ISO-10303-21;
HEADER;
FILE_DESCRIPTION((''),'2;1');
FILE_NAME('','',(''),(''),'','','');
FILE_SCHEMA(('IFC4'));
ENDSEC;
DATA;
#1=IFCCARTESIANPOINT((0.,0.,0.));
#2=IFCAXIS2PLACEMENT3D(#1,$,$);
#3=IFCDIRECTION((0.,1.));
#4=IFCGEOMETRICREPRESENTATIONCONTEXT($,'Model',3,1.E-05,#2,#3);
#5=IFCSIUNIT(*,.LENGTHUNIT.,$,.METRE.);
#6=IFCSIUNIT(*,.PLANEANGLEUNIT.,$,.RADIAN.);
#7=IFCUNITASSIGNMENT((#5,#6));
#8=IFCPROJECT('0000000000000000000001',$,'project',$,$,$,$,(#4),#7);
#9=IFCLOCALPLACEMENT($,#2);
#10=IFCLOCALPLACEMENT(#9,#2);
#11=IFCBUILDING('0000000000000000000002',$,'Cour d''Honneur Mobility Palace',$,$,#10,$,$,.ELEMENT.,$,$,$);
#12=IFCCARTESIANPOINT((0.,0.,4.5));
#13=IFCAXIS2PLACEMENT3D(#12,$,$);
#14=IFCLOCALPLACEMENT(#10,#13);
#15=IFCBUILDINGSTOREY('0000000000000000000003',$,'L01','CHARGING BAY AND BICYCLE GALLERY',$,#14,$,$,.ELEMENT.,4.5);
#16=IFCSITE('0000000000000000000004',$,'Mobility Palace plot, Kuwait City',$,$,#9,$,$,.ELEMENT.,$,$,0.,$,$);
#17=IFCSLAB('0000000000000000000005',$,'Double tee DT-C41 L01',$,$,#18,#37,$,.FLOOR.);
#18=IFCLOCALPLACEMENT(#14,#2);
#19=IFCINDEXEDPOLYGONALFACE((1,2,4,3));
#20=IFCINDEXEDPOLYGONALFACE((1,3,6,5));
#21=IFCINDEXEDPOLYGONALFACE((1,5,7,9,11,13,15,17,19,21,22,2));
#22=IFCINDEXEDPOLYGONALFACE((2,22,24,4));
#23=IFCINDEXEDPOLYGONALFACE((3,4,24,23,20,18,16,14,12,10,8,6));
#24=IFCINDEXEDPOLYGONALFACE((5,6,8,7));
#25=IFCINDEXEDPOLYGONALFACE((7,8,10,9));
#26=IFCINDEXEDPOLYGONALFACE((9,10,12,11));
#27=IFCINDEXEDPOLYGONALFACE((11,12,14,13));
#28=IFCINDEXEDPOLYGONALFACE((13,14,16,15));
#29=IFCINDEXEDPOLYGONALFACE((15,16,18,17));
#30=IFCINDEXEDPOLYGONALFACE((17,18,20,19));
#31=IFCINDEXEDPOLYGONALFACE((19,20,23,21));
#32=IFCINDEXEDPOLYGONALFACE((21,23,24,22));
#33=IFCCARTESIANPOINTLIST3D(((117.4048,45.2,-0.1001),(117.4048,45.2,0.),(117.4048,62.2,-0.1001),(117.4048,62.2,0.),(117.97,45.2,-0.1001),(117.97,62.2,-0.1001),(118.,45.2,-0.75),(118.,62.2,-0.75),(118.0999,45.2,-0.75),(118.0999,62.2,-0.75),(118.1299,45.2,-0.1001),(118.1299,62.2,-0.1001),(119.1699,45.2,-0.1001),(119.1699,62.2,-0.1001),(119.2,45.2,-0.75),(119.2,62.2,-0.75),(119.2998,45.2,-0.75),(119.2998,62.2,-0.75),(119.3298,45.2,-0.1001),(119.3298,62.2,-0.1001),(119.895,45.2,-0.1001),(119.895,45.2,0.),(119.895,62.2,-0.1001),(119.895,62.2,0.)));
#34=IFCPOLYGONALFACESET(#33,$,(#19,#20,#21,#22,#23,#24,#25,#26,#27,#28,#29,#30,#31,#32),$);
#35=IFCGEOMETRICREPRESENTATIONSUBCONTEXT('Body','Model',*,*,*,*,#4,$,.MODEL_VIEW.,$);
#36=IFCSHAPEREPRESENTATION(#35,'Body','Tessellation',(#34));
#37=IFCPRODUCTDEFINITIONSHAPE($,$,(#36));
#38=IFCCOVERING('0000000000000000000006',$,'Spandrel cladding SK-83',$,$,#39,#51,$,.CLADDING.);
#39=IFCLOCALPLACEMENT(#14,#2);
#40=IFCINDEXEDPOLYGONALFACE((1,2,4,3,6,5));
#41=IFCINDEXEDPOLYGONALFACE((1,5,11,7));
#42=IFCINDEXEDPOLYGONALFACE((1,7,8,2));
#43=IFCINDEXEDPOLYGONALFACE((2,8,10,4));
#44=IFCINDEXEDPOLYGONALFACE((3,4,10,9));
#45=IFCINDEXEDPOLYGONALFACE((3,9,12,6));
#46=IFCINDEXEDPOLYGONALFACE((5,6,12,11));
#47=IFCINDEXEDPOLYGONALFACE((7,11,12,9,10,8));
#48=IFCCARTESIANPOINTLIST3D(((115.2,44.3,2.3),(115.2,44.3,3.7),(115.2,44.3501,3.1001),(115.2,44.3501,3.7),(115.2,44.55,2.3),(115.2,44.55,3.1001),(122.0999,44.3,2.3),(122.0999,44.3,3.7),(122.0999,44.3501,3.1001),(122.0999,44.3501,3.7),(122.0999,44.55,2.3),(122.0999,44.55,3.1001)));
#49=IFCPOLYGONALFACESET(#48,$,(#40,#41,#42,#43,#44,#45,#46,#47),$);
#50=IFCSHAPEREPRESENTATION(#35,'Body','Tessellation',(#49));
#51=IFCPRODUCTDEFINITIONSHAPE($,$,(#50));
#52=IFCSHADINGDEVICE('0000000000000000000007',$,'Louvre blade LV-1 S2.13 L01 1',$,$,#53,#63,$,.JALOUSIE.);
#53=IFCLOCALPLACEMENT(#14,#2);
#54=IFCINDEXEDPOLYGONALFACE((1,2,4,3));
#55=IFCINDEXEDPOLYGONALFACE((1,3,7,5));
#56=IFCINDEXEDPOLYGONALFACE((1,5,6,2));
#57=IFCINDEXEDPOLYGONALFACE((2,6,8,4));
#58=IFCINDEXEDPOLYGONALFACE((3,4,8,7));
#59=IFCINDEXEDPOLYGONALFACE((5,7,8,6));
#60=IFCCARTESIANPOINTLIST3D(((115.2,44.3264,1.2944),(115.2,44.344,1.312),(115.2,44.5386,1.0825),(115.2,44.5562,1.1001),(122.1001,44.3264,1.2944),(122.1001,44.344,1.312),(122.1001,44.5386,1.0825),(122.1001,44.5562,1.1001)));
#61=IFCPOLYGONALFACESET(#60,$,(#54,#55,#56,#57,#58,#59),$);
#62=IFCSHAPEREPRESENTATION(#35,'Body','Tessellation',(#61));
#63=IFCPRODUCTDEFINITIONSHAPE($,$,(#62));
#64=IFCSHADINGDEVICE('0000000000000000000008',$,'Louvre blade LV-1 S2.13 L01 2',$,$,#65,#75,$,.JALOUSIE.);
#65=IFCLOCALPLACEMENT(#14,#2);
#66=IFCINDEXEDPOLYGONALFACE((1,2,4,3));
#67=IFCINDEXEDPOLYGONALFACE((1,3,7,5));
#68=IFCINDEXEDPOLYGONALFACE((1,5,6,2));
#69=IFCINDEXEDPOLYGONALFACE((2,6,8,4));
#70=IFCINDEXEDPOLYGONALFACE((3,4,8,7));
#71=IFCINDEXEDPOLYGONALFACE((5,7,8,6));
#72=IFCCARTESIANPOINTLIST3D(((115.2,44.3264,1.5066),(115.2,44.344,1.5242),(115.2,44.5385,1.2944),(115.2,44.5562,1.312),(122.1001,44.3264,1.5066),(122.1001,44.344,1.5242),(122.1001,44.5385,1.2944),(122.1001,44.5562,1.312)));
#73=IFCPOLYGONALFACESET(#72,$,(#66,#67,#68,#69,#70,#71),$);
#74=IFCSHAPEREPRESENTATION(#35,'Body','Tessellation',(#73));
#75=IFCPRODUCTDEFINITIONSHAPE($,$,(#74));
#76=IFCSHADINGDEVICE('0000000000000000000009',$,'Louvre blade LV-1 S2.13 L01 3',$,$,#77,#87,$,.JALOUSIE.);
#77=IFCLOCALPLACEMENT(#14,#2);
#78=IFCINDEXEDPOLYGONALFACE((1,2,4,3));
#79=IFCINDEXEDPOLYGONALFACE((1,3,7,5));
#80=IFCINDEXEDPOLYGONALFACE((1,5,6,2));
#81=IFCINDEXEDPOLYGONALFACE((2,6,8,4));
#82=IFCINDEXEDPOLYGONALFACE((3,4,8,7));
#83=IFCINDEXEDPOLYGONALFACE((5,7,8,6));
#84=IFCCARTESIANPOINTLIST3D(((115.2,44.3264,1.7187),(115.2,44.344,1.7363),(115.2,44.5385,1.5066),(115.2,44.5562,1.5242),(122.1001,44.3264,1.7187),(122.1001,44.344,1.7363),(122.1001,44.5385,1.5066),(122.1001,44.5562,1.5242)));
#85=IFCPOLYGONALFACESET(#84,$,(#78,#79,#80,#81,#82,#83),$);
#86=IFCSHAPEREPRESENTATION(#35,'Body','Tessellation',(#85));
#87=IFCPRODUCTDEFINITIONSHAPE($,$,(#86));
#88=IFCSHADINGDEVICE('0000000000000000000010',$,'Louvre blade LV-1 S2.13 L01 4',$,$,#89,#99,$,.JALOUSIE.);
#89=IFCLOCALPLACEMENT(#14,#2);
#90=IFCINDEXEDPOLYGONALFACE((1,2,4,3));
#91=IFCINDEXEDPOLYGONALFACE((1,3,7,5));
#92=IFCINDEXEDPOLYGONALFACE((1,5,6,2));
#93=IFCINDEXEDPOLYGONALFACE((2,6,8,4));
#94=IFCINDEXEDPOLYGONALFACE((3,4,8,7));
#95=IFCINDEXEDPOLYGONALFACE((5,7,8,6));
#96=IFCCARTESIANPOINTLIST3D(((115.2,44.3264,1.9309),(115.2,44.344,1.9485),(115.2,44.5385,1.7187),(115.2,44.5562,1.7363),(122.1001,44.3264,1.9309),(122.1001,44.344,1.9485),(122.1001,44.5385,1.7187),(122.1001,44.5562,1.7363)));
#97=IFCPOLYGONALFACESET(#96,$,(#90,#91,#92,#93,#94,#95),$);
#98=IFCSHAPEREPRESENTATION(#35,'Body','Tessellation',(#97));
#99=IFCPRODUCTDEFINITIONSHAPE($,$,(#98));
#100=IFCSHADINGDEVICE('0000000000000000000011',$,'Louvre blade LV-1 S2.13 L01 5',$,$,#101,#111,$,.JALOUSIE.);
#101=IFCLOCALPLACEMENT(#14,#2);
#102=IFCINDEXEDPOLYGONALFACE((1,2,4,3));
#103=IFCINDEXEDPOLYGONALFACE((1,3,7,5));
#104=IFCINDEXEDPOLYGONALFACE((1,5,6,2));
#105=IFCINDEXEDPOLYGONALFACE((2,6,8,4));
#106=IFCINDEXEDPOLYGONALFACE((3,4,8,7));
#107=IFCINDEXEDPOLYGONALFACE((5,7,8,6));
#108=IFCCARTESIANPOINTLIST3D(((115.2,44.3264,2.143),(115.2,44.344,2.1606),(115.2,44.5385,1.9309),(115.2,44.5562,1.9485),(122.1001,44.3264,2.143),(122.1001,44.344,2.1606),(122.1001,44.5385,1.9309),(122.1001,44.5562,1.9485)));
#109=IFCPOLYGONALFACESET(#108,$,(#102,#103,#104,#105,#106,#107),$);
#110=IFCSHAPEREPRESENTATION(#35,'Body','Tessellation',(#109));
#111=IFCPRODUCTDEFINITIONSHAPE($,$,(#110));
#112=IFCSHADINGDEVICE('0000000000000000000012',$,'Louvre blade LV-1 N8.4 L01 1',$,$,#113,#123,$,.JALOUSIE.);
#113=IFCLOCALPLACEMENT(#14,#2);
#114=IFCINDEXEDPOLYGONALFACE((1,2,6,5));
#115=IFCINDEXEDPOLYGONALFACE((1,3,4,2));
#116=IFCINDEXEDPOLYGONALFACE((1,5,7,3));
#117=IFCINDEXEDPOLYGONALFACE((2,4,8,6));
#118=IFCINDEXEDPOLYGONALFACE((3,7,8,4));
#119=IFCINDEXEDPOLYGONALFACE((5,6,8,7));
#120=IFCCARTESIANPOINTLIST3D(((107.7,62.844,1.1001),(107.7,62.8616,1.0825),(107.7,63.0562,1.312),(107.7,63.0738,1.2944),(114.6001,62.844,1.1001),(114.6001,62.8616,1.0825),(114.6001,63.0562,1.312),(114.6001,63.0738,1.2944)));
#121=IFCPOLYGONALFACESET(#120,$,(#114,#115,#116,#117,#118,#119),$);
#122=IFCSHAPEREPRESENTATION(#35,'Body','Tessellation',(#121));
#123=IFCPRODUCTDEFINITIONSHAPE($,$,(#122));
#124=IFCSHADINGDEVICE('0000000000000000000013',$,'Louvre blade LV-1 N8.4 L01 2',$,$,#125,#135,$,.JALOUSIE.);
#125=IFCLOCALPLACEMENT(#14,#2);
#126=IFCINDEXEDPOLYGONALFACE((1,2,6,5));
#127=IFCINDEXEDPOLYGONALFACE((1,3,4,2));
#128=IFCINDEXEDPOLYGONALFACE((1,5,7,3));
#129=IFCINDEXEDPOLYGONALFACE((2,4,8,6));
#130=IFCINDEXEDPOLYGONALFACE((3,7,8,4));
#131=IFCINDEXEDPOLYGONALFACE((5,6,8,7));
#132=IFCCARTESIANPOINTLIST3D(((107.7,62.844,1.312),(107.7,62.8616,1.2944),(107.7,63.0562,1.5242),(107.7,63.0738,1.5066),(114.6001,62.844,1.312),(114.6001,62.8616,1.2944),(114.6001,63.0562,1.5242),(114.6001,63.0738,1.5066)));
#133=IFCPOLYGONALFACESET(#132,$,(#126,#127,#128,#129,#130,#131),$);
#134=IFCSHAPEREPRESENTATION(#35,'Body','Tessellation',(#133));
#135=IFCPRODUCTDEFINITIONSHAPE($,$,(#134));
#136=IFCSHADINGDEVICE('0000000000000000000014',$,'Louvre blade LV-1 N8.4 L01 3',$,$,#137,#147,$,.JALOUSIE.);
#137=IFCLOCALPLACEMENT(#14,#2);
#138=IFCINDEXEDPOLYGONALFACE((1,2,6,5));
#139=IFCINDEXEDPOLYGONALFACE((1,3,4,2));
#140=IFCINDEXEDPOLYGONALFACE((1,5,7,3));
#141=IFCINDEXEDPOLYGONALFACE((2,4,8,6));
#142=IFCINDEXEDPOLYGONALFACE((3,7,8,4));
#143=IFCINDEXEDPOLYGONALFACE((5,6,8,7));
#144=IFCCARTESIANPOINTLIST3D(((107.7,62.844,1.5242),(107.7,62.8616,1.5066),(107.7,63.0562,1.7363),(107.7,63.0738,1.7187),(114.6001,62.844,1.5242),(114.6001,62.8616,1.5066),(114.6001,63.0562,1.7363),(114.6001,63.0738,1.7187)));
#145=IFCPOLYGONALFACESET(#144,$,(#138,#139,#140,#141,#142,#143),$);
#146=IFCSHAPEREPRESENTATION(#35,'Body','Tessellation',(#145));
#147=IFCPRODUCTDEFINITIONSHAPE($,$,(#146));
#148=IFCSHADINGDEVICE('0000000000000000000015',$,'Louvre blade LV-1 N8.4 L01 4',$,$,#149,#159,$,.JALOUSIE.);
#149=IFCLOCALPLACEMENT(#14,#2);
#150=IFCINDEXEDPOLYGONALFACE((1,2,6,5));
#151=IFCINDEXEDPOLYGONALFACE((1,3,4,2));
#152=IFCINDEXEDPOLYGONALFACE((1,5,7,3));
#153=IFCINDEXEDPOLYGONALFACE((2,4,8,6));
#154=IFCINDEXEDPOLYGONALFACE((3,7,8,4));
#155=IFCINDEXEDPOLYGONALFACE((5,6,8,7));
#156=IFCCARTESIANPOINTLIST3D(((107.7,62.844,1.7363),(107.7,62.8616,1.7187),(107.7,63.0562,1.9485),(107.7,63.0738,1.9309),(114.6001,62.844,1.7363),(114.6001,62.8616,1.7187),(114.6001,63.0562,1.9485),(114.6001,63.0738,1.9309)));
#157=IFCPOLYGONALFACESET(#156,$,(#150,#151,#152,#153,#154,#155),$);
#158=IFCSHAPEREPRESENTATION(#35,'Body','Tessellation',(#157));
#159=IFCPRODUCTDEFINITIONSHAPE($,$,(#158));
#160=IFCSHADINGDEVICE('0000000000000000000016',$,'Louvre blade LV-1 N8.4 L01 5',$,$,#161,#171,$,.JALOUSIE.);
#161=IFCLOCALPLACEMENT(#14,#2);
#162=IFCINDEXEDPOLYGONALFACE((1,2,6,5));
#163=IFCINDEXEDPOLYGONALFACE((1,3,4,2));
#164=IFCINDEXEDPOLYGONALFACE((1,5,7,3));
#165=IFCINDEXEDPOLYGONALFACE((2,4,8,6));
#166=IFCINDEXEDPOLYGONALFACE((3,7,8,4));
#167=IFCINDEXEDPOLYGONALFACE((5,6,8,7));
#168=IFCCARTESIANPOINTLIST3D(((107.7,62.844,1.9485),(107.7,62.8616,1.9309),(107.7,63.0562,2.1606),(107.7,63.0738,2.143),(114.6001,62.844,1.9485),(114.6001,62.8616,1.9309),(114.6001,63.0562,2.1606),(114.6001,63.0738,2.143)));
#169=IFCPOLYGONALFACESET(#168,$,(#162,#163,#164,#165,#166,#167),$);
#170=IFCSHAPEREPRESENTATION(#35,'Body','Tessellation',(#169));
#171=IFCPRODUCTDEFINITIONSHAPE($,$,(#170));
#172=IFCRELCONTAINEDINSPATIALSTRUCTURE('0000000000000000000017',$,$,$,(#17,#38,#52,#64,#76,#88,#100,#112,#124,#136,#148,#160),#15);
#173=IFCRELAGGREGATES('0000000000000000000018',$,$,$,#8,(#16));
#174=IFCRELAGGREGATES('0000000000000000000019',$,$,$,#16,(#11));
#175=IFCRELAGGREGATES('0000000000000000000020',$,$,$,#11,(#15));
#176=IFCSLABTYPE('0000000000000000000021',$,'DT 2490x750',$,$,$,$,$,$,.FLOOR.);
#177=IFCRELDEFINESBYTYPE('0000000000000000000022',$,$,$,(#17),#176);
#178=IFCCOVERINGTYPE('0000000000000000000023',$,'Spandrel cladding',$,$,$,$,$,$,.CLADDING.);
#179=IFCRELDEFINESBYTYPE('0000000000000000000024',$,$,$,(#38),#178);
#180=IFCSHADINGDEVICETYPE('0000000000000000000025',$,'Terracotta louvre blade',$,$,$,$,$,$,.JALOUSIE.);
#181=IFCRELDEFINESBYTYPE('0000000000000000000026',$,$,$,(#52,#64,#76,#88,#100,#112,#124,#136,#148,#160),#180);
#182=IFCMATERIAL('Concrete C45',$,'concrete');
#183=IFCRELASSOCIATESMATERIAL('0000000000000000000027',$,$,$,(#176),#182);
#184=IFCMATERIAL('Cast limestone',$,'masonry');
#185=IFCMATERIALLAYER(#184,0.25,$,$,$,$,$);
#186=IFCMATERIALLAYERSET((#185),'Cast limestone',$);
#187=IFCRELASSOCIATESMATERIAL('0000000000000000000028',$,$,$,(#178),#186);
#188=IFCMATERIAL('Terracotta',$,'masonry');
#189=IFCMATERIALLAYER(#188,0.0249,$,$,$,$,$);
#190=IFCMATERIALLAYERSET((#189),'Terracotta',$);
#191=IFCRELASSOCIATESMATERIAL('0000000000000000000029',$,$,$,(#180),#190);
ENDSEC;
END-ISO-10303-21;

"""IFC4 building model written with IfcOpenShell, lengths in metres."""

from ifc_helpers import new_model, si_unit, direction, frame, origin, place, context, subcontext, project, spatial, polyline, outline, extrude, material, layer, layer_set, material_profile, profile_set, type_object, element, save


model = new_model("IFC4")

# Units and contexts
model_context = context("Model", 3, precision=1e-05, world=origin(), true_north=direction((0.0, 1.0)))
body_context = subcontext(model_context, "Body", "Model", "MODEL_VIEW")
ifc_project = project(units=[si_unit("LENGTHUNIT", "METRE"), si_unit("PLANEANGLEUNIT", "RADIAN")], contexts=[model_context])

# Site, building, storey
site_placement = place(None, origin())
site = spatial("IfcSite", under=ifc_project, at=site_placement, Name="Mobility Palace plot, Kuwait City", CompositionType="ELEMENT", RefElevation=0.0)
building_placement = place(site_placement, origin())
building = spatial("IfcBuilding", under=site, at=building_placement, Name="Cour d'Honneur Mobility Palace", CompositionType="ELEMENT")
storey_placement = place(building_placement, frame((0.0, 0.0, 4.5)))
storey = spatial("IfcBuildingStorey", under=building, at=storey_placement, Name="L01", Description="CHARGING BAY AND BICYCLE GALLERY", CompositionType="ELEMENT", Elevation=4.5)

# Slab
ifc_material_1 = material(Name="Concrete C45", Category="concrete")
ifc_material_profile_1 = material_profile(ifc_material_1, outline(polyline([(-1.2451, 0.0), (1.2451, 0.0), (1.2451, -0.1001), (0.6799, -0.1001), (0.6499, -0.75), (0.55, -0.75), (0.52, -0.1001), (-0.52, -0.1001), (-0.55, -0.75), (-0.6499, -0.75), (-0.6799, -0.1001), (-1.2451, -0.1001), (-1.2451, 0.0)])), Name="DT 2490x750")
ifc_profile_set_1 = profile_set([ifc_material_profile_1], Name="Concrete C45")
slab_type = type_object("IfcSlabType", Name="DT 2490x750", PredefinedType="FLOOR", material=ifc_profile_set_1)
slab_1_placement = place(storey_placement, frame((118.6499, 45.2, 0.0), z_axis=(0.0, 1.0, 0.0), x_axis=(-1.0, 0.0, 0.0)))
element("IfcSlab", 1, at=slab_1_placement, inside=storey, type_object=slab_type, Name="Double tee DT-C41 L01", PredefinedType="FLOOR", context=body_context, shape_type="SweptSolid", body=[
    extrude(outline(polyline([(-1.2451, 0.0), (1.2451, 0.0), (1.2451, -0.1001), (0.6799, -0.1001), (0.6499, -0.75), (0.55, -0.75), (0.52, -0.1001), (-0.52, -0.1001), (-0.55, -0.75), (-0.6499, -0.75), (-0.6799, -0.1001), (-1.2451, -0.1001), (-1.2451, 0.0)])), origin(), (0.0, 0.0, 1.0), 17.0),
])

# Covering
ifc_material_2 = material(Name="Cast limestone", Category="masonry")
ifc_layer_1 = layer(ifc_material_2, 0.25)
ifc_layer_set_1 = layer_set([ifc_layer_1], Name="Cast limestone")
covering_type = type_object("IfcCoveringType", Name="Spandrel cladding", PredefinedType="CLADDING", material=ifc_layer_set_1)
covering_placement = place(storey_placement, frame((115.2, 44.55, 2.3), z_axis=(-1.0, 0.0, 0.0), x_axis=(0.0, -1.0, 0.0)))
element("IfcCovering", 2, at=covering_placement, inside=storey, type_object=covering_type, Name="Spandrel cladding SK-83", PredefinedType="CLADDING", context=body_context, shape_type="SweptSolid", body=[
    extrude(outline(polyline([(0.0, 0.0), (0.25, 0.0), (0.25, 1.3999), (0.2, 1.3999), (0.2, 0.8), (0.0, 0.8), (0.0, 0.0)])), origin(), (0.0, 0.0, -1.0), 6.8999),
])

# Shading devices
ifc_material_3 = material(Name="Terracotta", Category="masonry")
ifc_layer_2 = layer(ifc_material_3, 0.0249)
ifc_layer_set_2 = layer_set([ifc_layer_2], Name="Terracotta")
shading_device_type = type_object("IfcShadingDeviceType", Name="Terracotta louvre blade", PredefinedType="JALOUSIE", material=ifc_layer_set_2)
shading_device_1_placement = place(storey_placement, frame((115.2, 44.5562, 1.1001), z_axis=(0.0, 0.7067, 0.707514), x_axis=(1.0, 0.0, 0.0)))
element("IfcShadingDevice", 3, at=shading_device_1_placement, inside=storey, type_object=shading_device_type, Name="Louvre blade LV-1 S2.13 L01 1", PredefinedType="JALOUSIE", context=body_context, shape_type="SweptSolid", body=[
    extrude(outline(polyline([(0.0, 0.0), (6.9001, 0.0), (6.9001, -0.2999), (0.0, -0.2999), (0.0, 0.0)])), origin(), (0.0, 0.0, -1.0), 0.0249),
])
for number, where, z_axis, x_axis, name in (
    (4, (115.2, 44.5562, 1.312), (0.0, 0.707107, 0.707107), (1.0, 0.0, 0.0), "Louvre blade LV-1 S2.13 L01 2"),
    (5, (115.2, 44.5562, 1.5242), (0.0, 0.707107, 0.707107), (1.0, 0.0, 0.0), "Louvre blade LV-1 S2.13 L01 3"),
    (6, (115.2, 44.5562, 1.7363), (0.0, 0.707107, 0.707107), (1.0, 0.0, 0.0), "Louvre blade LV-1 S2.13 L01 4"),
    (7, (115.2, 44.5562, 1.9485), (0.0, 0.707107, 0.707107), (1.0, 0.0, 0.0), "Louvre blade LV-1 S2.13 L01 5"),
):
    element("IfcShadingDevice", number, at=place(storey_placement, frame(where, z_axis=z_axis, x_axis=x_axis)), inside=storey, type_object=shading_device_type, Name=name, PredefinedType="JALOUSIE", context=body_context, shape_type="SweptSolid", body=[
        extrude(outline(polyline([(0.0, 0.0), (6.9001, 0.0), (6.9001, -0.3), (0.0, -0.3), (0.0, 0.0)])), origin(), (0.0, 0.0, -1.0), 0.0249),
    ])
shading_device_2_placement = place(storey_placement, frame((114.6001, 62.844, 1.1001), z_axis=(0.0, -0.7067, 0.707514), x_axis=(-1.0, 0.0, 0.0)))
element("IfcShadingDevice", 8, at=shading_device_2_placement, inside=storey, type_object=shading_device_type, Name="Louvre blade LV-1 N8.4 L01 1", PredefinedType="JALOUSIE", context=body_context, shape_type="SweptSolid", body=[
    extrude(outline(polyline([(0.0, 0.0), (6.9001, 0.0), (6.9001, -0.2999), (0.0, -0.2999), (0.0, 0.0)])), origin(), (0.0, 0.0, -1.0), 0.0249),
])
for number, where, z_axis, x_axis, name in (
    (9, (114.6001, 62.844, 1.312), (0.0, -0.707107, 0.707107), (-1.0, 0.0, 0.0), "Louvre blade LV-1 N8.4 L01 2"),
    (10, (114.6001, 62.844, 1.5242), (0.0, -0.707107, 0.707107), (-1.0, 0.0, 0.0), "Louvre blade LV-1 N8.4 L01 3"),
    (11, (114.6001, 62.844, 1.7363), (0.0, -0.707107, 0.707107), (-1.0, 0.0, 0.0), "Louvre blade LV-1 N8.4 L01 4"),
    (12, (114.6001, 62.844, 1.9485), (0.0, -0.707107, 0.707107), (-1.0, 0.0, 0.0), "Louvre blade LV-1 N8.4 L01 5"),
):
    element("IfcShadingDevice", number, at=place(storey_placement, frame(where, z_axis=z_axis, x_axis=x_axis)), inside=storey, type_object=shading_device_type, Name=name, PredefinedType="JALOUSIE", context=body_context, shape_type="SweptSolid", body=[
        extrude(outline(polyline([(0.0, 0.0), (6.9001, 0.0), (6.9001, -0.3), (0.0, -0.3), (0.0, 0.0)])), origin(), (0.0, 0.0, -1.0), 0.0249),
    ])

save(model, "model.ifc")
